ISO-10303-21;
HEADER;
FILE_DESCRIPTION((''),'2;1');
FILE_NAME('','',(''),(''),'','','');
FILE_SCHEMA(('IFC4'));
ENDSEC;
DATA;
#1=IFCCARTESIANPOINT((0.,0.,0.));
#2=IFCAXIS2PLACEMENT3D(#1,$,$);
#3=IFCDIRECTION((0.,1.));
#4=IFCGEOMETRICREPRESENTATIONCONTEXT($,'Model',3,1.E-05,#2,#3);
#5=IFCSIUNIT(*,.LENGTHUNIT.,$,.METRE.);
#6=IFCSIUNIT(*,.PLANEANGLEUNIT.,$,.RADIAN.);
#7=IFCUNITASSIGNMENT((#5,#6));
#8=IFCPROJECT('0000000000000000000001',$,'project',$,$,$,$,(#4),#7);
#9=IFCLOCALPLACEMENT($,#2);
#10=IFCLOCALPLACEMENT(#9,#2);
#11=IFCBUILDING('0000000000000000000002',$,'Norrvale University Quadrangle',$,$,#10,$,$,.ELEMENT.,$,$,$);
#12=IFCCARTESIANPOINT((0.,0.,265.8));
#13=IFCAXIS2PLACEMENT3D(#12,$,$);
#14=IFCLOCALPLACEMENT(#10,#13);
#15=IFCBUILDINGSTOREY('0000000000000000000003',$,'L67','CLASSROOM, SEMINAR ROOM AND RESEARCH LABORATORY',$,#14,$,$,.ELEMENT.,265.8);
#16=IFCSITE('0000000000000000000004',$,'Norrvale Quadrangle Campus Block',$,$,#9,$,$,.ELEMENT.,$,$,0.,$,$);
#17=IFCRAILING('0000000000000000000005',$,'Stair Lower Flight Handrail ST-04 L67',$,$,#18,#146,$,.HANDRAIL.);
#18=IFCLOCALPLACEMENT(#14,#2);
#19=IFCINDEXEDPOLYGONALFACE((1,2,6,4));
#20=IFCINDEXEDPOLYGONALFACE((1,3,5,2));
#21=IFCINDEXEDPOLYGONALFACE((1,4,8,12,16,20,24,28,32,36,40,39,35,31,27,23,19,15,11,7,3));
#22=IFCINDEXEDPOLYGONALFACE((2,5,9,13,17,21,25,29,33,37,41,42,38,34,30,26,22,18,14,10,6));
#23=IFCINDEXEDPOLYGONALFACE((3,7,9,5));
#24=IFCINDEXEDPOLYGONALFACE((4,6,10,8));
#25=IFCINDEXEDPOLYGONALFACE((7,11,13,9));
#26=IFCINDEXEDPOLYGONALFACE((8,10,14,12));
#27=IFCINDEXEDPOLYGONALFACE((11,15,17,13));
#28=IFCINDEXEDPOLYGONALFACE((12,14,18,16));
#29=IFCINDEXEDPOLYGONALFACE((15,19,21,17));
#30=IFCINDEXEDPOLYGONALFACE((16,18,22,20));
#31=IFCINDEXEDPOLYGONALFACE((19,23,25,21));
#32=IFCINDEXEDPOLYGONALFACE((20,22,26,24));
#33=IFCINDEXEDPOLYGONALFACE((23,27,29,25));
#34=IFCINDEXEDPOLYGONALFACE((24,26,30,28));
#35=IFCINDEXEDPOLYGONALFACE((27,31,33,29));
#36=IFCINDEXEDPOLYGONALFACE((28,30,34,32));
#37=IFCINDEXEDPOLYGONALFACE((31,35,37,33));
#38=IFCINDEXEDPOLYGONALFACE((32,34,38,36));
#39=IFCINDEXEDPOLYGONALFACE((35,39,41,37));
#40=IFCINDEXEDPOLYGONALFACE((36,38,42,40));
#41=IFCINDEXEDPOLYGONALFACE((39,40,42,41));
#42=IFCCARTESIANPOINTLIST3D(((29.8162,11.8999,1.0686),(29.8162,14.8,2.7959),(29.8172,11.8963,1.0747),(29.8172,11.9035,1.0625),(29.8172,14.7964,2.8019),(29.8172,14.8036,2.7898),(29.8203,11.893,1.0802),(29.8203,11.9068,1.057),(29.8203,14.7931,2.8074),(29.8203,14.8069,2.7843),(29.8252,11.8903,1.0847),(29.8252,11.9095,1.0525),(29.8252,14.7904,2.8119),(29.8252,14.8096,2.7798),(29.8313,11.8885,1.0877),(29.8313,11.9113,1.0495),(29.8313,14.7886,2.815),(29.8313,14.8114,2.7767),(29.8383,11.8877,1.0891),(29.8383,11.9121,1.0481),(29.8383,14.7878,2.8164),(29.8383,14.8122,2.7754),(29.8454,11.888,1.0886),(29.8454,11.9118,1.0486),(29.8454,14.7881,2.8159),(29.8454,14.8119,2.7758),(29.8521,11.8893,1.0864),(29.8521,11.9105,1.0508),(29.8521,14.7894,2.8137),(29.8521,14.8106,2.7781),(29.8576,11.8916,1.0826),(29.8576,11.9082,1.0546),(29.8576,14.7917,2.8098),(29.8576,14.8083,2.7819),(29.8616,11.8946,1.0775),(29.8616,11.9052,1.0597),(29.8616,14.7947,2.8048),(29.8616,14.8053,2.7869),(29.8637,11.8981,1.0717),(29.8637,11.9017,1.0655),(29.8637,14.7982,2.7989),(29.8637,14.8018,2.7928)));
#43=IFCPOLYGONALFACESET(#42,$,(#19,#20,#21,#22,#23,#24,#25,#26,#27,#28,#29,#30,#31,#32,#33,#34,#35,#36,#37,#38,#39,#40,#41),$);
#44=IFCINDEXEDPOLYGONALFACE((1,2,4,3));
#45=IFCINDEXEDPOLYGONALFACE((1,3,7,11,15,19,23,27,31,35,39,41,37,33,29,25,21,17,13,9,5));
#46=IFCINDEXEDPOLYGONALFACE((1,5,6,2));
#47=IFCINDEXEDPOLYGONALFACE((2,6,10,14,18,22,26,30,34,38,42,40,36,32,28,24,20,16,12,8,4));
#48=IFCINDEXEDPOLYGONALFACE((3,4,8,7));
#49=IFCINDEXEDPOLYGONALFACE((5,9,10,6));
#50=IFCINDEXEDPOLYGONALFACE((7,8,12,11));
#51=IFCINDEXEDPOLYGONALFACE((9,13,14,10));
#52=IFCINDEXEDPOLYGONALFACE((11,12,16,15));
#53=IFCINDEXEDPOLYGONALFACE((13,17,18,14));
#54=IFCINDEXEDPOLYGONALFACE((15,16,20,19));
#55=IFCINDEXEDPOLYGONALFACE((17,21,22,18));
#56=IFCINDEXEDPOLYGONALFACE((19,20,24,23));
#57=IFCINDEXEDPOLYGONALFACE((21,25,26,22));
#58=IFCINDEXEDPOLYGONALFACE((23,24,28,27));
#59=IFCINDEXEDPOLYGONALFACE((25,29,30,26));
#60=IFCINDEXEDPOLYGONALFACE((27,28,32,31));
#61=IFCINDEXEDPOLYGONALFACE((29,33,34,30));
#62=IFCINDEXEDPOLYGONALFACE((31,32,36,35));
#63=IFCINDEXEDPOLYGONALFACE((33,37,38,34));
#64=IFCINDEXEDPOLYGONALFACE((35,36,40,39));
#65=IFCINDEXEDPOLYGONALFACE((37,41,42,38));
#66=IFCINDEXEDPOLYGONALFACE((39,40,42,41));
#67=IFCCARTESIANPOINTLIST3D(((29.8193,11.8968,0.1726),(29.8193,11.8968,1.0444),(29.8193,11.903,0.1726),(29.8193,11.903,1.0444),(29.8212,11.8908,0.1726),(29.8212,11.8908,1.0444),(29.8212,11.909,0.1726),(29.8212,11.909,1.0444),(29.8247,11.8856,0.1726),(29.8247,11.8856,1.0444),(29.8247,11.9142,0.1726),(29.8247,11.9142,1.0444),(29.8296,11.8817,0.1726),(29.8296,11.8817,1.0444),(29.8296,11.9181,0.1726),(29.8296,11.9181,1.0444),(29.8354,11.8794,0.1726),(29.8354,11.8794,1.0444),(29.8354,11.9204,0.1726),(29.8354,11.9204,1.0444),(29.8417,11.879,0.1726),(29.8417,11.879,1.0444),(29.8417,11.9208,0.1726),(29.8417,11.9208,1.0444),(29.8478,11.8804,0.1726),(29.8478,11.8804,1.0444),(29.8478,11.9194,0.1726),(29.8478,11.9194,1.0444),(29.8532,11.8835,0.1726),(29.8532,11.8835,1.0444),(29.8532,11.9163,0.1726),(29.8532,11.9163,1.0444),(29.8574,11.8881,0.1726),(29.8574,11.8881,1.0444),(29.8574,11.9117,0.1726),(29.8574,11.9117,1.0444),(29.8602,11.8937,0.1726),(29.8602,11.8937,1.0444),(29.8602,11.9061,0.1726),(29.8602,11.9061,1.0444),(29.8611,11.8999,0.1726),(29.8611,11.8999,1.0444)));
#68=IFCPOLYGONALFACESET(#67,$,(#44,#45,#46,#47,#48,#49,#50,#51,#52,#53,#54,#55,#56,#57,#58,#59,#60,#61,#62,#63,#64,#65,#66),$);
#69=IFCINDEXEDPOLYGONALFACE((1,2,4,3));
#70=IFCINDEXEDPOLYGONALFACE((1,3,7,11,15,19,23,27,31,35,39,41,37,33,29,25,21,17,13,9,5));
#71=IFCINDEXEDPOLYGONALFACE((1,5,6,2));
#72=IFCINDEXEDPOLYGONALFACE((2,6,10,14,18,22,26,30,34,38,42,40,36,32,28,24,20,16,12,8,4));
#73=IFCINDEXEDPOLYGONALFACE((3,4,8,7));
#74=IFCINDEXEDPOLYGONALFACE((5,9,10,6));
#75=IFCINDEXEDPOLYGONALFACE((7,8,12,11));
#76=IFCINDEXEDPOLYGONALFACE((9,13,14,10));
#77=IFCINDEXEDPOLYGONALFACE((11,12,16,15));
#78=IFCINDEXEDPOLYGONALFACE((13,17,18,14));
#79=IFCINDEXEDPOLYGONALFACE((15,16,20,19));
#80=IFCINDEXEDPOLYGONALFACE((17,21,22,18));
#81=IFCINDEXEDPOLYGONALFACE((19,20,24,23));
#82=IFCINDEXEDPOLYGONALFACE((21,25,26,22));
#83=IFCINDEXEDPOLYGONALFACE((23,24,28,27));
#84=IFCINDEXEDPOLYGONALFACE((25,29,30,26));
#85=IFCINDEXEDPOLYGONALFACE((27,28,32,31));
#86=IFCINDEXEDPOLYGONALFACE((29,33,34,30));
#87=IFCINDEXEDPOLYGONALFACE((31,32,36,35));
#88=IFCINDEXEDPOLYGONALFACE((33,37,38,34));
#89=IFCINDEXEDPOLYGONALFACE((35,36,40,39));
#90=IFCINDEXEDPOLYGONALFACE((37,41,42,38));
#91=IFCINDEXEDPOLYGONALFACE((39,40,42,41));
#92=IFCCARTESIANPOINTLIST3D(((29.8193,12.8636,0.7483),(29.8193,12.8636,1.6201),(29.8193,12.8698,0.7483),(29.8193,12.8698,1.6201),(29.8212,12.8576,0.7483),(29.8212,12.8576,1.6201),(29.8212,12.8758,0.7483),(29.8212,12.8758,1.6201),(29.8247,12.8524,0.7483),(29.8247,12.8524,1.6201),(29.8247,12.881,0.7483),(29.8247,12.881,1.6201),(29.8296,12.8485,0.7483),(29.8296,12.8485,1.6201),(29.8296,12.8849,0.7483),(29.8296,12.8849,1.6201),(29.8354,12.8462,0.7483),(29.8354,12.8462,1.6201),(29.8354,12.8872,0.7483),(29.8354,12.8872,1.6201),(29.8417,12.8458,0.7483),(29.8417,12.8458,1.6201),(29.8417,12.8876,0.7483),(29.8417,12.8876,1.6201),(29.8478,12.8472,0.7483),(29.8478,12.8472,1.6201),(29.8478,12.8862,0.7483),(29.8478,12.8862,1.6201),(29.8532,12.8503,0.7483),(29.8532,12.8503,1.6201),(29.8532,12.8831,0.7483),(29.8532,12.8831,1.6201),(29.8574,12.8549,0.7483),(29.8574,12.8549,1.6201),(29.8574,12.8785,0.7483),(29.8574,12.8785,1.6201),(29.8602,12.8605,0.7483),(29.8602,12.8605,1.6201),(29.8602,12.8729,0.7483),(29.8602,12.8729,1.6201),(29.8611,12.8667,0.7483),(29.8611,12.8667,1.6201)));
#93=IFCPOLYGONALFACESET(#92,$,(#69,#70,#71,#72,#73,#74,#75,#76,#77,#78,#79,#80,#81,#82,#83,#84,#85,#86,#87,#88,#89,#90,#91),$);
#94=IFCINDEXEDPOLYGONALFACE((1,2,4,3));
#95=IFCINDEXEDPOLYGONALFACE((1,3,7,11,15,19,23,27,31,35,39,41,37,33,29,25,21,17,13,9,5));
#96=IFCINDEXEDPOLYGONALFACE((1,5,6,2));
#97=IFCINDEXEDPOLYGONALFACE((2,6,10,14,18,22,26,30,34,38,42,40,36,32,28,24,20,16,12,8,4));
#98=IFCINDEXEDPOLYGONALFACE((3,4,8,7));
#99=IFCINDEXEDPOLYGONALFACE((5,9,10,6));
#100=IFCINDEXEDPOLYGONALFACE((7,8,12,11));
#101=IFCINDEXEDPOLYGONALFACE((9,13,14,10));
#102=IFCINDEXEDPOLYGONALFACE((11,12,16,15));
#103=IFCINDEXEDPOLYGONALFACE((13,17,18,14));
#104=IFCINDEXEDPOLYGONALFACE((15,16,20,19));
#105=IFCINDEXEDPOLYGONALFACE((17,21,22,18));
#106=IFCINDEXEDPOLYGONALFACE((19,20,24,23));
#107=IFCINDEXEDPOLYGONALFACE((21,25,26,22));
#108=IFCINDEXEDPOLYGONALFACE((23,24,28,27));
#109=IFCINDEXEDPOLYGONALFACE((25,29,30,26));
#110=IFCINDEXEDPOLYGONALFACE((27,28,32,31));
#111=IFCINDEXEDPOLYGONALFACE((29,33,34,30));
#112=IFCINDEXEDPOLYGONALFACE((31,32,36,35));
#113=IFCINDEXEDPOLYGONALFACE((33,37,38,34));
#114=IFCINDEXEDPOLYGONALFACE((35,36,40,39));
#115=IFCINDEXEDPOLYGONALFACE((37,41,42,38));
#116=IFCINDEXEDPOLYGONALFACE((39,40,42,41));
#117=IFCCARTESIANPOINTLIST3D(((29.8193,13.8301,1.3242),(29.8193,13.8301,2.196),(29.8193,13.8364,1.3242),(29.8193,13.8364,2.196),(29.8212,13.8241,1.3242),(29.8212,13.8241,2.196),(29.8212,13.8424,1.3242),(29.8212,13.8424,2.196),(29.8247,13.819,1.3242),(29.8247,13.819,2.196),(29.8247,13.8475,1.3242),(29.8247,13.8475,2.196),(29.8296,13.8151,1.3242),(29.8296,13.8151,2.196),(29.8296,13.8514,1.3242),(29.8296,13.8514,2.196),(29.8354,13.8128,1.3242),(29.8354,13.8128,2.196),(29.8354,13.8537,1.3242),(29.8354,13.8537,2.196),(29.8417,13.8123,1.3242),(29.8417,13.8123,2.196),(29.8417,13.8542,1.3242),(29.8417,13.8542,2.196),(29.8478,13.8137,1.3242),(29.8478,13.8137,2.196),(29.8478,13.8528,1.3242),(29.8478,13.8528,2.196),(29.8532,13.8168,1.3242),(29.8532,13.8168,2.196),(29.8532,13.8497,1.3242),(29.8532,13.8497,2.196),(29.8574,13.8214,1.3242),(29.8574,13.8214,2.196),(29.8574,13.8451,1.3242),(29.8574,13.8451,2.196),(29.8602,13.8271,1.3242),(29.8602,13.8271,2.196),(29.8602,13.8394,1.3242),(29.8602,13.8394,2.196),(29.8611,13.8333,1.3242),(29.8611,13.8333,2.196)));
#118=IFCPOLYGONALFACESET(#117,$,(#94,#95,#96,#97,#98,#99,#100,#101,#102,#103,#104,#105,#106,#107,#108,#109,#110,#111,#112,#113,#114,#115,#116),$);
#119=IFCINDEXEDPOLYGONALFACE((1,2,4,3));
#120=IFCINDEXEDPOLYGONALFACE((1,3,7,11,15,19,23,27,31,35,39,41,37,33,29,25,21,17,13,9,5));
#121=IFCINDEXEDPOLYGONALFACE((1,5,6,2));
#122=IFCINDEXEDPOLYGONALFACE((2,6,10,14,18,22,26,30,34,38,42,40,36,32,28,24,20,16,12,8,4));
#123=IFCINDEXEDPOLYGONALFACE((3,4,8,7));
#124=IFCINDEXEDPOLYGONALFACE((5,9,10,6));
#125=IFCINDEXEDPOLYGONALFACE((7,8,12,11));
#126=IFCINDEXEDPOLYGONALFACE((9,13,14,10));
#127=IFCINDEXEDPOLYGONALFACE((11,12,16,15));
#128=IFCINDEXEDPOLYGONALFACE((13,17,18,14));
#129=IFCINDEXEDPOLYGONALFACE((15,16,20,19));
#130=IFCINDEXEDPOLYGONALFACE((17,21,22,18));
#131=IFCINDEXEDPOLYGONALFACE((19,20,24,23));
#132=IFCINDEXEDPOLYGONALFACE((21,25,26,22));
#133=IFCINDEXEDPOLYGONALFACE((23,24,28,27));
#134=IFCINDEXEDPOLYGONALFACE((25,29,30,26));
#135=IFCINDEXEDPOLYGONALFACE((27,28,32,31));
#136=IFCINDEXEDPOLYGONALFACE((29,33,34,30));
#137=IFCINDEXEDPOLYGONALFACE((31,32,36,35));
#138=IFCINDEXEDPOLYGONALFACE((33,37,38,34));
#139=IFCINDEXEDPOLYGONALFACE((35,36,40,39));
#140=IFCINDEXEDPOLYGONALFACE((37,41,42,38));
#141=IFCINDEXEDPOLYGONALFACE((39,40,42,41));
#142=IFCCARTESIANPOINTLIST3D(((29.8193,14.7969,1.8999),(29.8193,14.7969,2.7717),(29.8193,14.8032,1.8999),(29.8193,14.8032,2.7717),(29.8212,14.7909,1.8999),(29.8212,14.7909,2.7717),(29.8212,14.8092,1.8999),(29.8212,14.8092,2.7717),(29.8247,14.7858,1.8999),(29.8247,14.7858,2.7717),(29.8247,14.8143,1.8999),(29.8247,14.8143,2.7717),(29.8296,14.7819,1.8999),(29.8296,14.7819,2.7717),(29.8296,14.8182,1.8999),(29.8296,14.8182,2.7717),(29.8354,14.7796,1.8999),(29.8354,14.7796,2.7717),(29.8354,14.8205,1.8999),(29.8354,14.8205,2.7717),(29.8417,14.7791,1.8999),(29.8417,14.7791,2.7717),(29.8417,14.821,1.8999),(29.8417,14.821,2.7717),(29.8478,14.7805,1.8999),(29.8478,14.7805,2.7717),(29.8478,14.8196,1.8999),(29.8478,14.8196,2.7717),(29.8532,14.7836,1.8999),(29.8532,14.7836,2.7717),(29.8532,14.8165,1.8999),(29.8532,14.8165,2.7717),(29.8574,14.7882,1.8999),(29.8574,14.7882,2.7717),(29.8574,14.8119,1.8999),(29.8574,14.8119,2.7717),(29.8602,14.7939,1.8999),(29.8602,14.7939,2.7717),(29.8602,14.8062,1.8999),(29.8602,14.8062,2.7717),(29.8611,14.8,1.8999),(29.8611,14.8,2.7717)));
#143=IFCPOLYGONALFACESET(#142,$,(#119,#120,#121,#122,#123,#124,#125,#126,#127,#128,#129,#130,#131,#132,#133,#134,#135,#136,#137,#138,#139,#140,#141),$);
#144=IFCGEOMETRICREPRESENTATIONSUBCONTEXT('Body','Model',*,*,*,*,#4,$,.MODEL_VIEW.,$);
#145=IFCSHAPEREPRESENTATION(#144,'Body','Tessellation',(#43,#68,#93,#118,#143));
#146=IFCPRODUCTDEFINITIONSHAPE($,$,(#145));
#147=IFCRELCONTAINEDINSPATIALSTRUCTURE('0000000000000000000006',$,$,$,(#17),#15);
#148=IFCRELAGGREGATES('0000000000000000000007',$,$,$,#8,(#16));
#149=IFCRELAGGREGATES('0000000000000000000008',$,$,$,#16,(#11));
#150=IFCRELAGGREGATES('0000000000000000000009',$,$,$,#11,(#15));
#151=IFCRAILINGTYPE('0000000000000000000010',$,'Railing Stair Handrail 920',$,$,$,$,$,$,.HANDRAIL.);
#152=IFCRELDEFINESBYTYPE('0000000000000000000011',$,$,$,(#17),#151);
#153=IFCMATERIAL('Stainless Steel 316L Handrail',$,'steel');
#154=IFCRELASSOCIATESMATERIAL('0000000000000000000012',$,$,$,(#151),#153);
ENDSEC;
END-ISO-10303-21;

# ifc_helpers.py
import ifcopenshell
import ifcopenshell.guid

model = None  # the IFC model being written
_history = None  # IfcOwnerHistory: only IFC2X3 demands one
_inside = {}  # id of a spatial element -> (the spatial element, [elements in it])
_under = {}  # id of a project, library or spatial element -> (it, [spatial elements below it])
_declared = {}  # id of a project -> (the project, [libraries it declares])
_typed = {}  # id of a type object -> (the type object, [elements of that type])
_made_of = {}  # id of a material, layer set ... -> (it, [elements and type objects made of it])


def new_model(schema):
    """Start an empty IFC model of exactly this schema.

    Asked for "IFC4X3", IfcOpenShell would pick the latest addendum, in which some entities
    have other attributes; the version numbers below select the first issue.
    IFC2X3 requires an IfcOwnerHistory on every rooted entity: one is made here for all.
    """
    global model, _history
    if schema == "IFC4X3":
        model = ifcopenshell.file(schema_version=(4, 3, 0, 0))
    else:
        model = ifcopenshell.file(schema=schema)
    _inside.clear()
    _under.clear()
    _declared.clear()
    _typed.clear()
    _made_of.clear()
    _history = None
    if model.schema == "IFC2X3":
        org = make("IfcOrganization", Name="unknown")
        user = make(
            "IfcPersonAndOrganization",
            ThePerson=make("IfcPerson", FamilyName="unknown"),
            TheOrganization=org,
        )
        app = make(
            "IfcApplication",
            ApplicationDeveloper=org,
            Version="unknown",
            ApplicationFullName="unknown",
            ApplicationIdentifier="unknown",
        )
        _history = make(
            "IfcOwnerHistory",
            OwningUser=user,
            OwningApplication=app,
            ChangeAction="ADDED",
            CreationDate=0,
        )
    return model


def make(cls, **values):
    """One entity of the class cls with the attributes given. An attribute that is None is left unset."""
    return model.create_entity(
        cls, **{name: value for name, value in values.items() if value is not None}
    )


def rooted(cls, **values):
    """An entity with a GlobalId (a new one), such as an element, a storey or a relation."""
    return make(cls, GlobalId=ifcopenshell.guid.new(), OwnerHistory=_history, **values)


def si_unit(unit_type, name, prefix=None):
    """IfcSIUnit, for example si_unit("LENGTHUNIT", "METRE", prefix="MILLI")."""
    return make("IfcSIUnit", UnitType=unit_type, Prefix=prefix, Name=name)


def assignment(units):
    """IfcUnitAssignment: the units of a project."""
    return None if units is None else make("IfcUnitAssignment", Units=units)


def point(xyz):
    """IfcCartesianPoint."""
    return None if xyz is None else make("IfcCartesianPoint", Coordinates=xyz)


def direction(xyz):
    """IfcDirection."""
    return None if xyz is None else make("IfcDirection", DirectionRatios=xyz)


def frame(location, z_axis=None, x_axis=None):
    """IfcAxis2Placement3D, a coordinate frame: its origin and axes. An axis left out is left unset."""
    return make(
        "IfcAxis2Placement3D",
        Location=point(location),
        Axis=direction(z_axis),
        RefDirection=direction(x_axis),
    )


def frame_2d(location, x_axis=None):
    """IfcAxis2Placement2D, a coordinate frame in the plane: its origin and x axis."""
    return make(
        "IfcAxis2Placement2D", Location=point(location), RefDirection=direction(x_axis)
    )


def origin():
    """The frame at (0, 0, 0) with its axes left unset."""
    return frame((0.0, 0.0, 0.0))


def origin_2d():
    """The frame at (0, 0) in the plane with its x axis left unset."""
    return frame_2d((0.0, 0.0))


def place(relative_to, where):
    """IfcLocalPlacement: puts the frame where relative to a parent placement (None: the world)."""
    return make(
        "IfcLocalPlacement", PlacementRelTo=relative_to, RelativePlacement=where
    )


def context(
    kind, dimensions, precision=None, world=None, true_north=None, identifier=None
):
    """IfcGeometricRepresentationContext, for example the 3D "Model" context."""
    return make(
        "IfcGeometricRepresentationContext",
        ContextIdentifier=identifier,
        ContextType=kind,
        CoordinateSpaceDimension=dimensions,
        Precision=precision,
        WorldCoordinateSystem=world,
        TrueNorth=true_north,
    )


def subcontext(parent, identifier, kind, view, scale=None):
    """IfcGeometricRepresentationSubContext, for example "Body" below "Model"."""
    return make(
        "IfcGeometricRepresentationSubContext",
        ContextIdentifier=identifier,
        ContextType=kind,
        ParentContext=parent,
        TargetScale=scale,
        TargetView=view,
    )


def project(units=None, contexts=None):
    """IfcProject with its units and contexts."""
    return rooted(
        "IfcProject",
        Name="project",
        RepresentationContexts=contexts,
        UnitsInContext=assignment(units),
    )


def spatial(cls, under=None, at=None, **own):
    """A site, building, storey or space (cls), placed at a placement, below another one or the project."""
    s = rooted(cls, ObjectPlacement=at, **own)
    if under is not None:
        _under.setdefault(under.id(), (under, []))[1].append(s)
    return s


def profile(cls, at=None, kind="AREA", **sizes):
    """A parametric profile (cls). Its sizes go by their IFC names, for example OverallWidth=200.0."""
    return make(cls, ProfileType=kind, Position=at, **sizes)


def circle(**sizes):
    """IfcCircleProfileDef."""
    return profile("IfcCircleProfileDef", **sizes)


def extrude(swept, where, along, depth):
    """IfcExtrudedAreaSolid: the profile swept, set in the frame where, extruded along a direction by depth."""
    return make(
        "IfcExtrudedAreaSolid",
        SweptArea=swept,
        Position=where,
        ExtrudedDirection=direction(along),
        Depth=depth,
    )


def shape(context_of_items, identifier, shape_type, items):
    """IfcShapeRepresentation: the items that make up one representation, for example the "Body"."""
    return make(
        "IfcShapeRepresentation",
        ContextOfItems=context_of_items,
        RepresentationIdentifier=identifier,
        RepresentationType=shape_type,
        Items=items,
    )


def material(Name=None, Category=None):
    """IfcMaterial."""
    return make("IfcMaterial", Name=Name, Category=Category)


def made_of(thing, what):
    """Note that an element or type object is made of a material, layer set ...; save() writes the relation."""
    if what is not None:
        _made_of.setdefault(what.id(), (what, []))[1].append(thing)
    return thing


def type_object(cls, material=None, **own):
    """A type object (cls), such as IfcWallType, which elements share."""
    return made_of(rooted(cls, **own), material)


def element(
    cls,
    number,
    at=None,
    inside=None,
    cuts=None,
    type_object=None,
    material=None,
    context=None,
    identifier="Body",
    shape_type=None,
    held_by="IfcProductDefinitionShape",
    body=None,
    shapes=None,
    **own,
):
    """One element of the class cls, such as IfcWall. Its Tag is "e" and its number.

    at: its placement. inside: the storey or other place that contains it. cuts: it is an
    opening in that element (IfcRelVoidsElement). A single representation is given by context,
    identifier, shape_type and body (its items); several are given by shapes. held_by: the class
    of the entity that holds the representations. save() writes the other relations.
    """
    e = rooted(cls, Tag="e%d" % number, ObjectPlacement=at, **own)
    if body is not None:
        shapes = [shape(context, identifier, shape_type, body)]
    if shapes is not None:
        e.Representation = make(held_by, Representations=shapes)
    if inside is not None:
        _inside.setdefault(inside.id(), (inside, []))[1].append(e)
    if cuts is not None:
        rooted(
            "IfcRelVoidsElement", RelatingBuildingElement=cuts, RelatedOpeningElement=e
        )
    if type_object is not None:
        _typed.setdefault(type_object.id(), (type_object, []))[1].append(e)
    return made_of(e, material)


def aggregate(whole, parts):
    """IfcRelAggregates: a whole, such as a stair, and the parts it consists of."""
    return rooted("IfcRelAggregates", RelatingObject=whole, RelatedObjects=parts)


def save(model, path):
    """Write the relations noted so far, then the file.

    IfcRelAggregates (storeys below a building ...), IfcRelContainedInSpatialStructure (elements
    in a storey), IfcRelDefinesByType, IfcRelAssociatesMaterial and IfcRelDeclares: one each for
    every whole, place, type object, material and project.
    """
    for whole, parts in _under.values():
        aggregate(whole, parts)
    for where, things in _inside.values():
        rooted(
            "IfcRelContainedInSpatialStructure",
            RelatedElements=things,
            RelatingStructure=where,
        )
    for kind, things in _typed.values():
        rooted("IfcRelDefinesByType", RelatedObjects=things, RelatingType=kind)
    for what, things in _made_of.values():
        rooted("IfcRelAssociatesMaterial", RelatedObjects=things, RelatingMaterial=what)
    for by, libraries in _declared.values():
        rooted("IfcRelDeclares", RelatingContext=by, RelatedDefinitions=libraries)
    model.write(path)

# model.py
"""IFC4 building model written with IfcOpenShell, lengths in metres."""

from ifc_helpers import new_model, si_unit, direction, frame, origin, origin_2d, place, context, subcontext, project, spatial, circle, extrude, material, type_object, element, save


model = new_model("IFC4")

# Units and contexts
model_context = context("Model", 3, precision=1e-05, world=origin(), true_north=direction((0.0, 1.0)))
body_context = subcontext(model_context, "Body", "Model", "MODEL_VIEW")
ifc_project = project(units=[si_unit("LENGTHUNIT", "METRE"), si_unit("PLANEANGLEUNIT", "RADIAN")], contexts=[model_context])

# Site, building, storey
site_placement = place(None, origin())
site = spatial("IfcSite", under=ifc_project, at=site_placement, Name="Norrvale Quadrangle Campus Block", CompositionType="ELEMENT", RefElevation=0.0)
building_placement = place(site_placement, origin())
building = spatial("IfcBuilding", under=site, at=building_placement, Name="Norrvale University Quadrangle", CompositionType="ELEMENT")
storey_placement = place(building_placement, frame((0.0, 0.0, 265.8)))
storey = spatial("IfcBuildingStorey", under=building, at=storey_placement, Name="L67", Description="CLASSROOM, SEMINAR ROOM AND RESEARCH LABORATORY", CompositionType="ELEMENT", Elevation=265.8)

# Railing
ifc_material_1 = material(Name="Stainless Steel 316L Handrail", Category="steel")
railing_type_1 = type_object("IfcRailingType", Name="Railing Stair Handrail 920", PredefinedType="HANDRAIL", material=ifc_material_1)
railing_1_placement = place(storey_placement, frame((29.8401, 11.8999, 0.1726)))
element("IfcRailing", 1, at=railing_1_placement, inside=storey, type_object=railing_type_1, Name="Stair Lower Flight Handrail ST-04 L67", PredefinedType="HANDRAIL", context=body_context, shape_type="SweptSolid", body=[
    extrude(circle(Radius=0.0239, at=origin_2d()), frame((0.0, 0.0, 0.896), z_axis=(0.0, 0.85916, 0.511706), x_axis=(-1.0, 0.0, 0.0)), (0.0, 0.0, 1.0), 3.3755),
    extrude(circle(Radius=0.021, at=origin_2d()), origin(), (0.0, 0.0, 1.0), 0.8718),
    extrude(circle(Radius=0.021, at=origin_2d()), frame((0.0, 0.9668, 0.5757)), (0.0, 0.0, 1.0), 0.8718),
    extrude(circle(Radius=0.021, at=origin_2d()), frame((0.0, 1.9333, 1.1516)), (0.0, 0.0, 1.0), 0.8718),
    extrude(circle(Radius=0.021, at=origin_2d()), frame((0.0, 2.9001, 1.7273)), (0.0, 0.0, 1.0), 0.8718),
])

save(model, "model.ifc")
